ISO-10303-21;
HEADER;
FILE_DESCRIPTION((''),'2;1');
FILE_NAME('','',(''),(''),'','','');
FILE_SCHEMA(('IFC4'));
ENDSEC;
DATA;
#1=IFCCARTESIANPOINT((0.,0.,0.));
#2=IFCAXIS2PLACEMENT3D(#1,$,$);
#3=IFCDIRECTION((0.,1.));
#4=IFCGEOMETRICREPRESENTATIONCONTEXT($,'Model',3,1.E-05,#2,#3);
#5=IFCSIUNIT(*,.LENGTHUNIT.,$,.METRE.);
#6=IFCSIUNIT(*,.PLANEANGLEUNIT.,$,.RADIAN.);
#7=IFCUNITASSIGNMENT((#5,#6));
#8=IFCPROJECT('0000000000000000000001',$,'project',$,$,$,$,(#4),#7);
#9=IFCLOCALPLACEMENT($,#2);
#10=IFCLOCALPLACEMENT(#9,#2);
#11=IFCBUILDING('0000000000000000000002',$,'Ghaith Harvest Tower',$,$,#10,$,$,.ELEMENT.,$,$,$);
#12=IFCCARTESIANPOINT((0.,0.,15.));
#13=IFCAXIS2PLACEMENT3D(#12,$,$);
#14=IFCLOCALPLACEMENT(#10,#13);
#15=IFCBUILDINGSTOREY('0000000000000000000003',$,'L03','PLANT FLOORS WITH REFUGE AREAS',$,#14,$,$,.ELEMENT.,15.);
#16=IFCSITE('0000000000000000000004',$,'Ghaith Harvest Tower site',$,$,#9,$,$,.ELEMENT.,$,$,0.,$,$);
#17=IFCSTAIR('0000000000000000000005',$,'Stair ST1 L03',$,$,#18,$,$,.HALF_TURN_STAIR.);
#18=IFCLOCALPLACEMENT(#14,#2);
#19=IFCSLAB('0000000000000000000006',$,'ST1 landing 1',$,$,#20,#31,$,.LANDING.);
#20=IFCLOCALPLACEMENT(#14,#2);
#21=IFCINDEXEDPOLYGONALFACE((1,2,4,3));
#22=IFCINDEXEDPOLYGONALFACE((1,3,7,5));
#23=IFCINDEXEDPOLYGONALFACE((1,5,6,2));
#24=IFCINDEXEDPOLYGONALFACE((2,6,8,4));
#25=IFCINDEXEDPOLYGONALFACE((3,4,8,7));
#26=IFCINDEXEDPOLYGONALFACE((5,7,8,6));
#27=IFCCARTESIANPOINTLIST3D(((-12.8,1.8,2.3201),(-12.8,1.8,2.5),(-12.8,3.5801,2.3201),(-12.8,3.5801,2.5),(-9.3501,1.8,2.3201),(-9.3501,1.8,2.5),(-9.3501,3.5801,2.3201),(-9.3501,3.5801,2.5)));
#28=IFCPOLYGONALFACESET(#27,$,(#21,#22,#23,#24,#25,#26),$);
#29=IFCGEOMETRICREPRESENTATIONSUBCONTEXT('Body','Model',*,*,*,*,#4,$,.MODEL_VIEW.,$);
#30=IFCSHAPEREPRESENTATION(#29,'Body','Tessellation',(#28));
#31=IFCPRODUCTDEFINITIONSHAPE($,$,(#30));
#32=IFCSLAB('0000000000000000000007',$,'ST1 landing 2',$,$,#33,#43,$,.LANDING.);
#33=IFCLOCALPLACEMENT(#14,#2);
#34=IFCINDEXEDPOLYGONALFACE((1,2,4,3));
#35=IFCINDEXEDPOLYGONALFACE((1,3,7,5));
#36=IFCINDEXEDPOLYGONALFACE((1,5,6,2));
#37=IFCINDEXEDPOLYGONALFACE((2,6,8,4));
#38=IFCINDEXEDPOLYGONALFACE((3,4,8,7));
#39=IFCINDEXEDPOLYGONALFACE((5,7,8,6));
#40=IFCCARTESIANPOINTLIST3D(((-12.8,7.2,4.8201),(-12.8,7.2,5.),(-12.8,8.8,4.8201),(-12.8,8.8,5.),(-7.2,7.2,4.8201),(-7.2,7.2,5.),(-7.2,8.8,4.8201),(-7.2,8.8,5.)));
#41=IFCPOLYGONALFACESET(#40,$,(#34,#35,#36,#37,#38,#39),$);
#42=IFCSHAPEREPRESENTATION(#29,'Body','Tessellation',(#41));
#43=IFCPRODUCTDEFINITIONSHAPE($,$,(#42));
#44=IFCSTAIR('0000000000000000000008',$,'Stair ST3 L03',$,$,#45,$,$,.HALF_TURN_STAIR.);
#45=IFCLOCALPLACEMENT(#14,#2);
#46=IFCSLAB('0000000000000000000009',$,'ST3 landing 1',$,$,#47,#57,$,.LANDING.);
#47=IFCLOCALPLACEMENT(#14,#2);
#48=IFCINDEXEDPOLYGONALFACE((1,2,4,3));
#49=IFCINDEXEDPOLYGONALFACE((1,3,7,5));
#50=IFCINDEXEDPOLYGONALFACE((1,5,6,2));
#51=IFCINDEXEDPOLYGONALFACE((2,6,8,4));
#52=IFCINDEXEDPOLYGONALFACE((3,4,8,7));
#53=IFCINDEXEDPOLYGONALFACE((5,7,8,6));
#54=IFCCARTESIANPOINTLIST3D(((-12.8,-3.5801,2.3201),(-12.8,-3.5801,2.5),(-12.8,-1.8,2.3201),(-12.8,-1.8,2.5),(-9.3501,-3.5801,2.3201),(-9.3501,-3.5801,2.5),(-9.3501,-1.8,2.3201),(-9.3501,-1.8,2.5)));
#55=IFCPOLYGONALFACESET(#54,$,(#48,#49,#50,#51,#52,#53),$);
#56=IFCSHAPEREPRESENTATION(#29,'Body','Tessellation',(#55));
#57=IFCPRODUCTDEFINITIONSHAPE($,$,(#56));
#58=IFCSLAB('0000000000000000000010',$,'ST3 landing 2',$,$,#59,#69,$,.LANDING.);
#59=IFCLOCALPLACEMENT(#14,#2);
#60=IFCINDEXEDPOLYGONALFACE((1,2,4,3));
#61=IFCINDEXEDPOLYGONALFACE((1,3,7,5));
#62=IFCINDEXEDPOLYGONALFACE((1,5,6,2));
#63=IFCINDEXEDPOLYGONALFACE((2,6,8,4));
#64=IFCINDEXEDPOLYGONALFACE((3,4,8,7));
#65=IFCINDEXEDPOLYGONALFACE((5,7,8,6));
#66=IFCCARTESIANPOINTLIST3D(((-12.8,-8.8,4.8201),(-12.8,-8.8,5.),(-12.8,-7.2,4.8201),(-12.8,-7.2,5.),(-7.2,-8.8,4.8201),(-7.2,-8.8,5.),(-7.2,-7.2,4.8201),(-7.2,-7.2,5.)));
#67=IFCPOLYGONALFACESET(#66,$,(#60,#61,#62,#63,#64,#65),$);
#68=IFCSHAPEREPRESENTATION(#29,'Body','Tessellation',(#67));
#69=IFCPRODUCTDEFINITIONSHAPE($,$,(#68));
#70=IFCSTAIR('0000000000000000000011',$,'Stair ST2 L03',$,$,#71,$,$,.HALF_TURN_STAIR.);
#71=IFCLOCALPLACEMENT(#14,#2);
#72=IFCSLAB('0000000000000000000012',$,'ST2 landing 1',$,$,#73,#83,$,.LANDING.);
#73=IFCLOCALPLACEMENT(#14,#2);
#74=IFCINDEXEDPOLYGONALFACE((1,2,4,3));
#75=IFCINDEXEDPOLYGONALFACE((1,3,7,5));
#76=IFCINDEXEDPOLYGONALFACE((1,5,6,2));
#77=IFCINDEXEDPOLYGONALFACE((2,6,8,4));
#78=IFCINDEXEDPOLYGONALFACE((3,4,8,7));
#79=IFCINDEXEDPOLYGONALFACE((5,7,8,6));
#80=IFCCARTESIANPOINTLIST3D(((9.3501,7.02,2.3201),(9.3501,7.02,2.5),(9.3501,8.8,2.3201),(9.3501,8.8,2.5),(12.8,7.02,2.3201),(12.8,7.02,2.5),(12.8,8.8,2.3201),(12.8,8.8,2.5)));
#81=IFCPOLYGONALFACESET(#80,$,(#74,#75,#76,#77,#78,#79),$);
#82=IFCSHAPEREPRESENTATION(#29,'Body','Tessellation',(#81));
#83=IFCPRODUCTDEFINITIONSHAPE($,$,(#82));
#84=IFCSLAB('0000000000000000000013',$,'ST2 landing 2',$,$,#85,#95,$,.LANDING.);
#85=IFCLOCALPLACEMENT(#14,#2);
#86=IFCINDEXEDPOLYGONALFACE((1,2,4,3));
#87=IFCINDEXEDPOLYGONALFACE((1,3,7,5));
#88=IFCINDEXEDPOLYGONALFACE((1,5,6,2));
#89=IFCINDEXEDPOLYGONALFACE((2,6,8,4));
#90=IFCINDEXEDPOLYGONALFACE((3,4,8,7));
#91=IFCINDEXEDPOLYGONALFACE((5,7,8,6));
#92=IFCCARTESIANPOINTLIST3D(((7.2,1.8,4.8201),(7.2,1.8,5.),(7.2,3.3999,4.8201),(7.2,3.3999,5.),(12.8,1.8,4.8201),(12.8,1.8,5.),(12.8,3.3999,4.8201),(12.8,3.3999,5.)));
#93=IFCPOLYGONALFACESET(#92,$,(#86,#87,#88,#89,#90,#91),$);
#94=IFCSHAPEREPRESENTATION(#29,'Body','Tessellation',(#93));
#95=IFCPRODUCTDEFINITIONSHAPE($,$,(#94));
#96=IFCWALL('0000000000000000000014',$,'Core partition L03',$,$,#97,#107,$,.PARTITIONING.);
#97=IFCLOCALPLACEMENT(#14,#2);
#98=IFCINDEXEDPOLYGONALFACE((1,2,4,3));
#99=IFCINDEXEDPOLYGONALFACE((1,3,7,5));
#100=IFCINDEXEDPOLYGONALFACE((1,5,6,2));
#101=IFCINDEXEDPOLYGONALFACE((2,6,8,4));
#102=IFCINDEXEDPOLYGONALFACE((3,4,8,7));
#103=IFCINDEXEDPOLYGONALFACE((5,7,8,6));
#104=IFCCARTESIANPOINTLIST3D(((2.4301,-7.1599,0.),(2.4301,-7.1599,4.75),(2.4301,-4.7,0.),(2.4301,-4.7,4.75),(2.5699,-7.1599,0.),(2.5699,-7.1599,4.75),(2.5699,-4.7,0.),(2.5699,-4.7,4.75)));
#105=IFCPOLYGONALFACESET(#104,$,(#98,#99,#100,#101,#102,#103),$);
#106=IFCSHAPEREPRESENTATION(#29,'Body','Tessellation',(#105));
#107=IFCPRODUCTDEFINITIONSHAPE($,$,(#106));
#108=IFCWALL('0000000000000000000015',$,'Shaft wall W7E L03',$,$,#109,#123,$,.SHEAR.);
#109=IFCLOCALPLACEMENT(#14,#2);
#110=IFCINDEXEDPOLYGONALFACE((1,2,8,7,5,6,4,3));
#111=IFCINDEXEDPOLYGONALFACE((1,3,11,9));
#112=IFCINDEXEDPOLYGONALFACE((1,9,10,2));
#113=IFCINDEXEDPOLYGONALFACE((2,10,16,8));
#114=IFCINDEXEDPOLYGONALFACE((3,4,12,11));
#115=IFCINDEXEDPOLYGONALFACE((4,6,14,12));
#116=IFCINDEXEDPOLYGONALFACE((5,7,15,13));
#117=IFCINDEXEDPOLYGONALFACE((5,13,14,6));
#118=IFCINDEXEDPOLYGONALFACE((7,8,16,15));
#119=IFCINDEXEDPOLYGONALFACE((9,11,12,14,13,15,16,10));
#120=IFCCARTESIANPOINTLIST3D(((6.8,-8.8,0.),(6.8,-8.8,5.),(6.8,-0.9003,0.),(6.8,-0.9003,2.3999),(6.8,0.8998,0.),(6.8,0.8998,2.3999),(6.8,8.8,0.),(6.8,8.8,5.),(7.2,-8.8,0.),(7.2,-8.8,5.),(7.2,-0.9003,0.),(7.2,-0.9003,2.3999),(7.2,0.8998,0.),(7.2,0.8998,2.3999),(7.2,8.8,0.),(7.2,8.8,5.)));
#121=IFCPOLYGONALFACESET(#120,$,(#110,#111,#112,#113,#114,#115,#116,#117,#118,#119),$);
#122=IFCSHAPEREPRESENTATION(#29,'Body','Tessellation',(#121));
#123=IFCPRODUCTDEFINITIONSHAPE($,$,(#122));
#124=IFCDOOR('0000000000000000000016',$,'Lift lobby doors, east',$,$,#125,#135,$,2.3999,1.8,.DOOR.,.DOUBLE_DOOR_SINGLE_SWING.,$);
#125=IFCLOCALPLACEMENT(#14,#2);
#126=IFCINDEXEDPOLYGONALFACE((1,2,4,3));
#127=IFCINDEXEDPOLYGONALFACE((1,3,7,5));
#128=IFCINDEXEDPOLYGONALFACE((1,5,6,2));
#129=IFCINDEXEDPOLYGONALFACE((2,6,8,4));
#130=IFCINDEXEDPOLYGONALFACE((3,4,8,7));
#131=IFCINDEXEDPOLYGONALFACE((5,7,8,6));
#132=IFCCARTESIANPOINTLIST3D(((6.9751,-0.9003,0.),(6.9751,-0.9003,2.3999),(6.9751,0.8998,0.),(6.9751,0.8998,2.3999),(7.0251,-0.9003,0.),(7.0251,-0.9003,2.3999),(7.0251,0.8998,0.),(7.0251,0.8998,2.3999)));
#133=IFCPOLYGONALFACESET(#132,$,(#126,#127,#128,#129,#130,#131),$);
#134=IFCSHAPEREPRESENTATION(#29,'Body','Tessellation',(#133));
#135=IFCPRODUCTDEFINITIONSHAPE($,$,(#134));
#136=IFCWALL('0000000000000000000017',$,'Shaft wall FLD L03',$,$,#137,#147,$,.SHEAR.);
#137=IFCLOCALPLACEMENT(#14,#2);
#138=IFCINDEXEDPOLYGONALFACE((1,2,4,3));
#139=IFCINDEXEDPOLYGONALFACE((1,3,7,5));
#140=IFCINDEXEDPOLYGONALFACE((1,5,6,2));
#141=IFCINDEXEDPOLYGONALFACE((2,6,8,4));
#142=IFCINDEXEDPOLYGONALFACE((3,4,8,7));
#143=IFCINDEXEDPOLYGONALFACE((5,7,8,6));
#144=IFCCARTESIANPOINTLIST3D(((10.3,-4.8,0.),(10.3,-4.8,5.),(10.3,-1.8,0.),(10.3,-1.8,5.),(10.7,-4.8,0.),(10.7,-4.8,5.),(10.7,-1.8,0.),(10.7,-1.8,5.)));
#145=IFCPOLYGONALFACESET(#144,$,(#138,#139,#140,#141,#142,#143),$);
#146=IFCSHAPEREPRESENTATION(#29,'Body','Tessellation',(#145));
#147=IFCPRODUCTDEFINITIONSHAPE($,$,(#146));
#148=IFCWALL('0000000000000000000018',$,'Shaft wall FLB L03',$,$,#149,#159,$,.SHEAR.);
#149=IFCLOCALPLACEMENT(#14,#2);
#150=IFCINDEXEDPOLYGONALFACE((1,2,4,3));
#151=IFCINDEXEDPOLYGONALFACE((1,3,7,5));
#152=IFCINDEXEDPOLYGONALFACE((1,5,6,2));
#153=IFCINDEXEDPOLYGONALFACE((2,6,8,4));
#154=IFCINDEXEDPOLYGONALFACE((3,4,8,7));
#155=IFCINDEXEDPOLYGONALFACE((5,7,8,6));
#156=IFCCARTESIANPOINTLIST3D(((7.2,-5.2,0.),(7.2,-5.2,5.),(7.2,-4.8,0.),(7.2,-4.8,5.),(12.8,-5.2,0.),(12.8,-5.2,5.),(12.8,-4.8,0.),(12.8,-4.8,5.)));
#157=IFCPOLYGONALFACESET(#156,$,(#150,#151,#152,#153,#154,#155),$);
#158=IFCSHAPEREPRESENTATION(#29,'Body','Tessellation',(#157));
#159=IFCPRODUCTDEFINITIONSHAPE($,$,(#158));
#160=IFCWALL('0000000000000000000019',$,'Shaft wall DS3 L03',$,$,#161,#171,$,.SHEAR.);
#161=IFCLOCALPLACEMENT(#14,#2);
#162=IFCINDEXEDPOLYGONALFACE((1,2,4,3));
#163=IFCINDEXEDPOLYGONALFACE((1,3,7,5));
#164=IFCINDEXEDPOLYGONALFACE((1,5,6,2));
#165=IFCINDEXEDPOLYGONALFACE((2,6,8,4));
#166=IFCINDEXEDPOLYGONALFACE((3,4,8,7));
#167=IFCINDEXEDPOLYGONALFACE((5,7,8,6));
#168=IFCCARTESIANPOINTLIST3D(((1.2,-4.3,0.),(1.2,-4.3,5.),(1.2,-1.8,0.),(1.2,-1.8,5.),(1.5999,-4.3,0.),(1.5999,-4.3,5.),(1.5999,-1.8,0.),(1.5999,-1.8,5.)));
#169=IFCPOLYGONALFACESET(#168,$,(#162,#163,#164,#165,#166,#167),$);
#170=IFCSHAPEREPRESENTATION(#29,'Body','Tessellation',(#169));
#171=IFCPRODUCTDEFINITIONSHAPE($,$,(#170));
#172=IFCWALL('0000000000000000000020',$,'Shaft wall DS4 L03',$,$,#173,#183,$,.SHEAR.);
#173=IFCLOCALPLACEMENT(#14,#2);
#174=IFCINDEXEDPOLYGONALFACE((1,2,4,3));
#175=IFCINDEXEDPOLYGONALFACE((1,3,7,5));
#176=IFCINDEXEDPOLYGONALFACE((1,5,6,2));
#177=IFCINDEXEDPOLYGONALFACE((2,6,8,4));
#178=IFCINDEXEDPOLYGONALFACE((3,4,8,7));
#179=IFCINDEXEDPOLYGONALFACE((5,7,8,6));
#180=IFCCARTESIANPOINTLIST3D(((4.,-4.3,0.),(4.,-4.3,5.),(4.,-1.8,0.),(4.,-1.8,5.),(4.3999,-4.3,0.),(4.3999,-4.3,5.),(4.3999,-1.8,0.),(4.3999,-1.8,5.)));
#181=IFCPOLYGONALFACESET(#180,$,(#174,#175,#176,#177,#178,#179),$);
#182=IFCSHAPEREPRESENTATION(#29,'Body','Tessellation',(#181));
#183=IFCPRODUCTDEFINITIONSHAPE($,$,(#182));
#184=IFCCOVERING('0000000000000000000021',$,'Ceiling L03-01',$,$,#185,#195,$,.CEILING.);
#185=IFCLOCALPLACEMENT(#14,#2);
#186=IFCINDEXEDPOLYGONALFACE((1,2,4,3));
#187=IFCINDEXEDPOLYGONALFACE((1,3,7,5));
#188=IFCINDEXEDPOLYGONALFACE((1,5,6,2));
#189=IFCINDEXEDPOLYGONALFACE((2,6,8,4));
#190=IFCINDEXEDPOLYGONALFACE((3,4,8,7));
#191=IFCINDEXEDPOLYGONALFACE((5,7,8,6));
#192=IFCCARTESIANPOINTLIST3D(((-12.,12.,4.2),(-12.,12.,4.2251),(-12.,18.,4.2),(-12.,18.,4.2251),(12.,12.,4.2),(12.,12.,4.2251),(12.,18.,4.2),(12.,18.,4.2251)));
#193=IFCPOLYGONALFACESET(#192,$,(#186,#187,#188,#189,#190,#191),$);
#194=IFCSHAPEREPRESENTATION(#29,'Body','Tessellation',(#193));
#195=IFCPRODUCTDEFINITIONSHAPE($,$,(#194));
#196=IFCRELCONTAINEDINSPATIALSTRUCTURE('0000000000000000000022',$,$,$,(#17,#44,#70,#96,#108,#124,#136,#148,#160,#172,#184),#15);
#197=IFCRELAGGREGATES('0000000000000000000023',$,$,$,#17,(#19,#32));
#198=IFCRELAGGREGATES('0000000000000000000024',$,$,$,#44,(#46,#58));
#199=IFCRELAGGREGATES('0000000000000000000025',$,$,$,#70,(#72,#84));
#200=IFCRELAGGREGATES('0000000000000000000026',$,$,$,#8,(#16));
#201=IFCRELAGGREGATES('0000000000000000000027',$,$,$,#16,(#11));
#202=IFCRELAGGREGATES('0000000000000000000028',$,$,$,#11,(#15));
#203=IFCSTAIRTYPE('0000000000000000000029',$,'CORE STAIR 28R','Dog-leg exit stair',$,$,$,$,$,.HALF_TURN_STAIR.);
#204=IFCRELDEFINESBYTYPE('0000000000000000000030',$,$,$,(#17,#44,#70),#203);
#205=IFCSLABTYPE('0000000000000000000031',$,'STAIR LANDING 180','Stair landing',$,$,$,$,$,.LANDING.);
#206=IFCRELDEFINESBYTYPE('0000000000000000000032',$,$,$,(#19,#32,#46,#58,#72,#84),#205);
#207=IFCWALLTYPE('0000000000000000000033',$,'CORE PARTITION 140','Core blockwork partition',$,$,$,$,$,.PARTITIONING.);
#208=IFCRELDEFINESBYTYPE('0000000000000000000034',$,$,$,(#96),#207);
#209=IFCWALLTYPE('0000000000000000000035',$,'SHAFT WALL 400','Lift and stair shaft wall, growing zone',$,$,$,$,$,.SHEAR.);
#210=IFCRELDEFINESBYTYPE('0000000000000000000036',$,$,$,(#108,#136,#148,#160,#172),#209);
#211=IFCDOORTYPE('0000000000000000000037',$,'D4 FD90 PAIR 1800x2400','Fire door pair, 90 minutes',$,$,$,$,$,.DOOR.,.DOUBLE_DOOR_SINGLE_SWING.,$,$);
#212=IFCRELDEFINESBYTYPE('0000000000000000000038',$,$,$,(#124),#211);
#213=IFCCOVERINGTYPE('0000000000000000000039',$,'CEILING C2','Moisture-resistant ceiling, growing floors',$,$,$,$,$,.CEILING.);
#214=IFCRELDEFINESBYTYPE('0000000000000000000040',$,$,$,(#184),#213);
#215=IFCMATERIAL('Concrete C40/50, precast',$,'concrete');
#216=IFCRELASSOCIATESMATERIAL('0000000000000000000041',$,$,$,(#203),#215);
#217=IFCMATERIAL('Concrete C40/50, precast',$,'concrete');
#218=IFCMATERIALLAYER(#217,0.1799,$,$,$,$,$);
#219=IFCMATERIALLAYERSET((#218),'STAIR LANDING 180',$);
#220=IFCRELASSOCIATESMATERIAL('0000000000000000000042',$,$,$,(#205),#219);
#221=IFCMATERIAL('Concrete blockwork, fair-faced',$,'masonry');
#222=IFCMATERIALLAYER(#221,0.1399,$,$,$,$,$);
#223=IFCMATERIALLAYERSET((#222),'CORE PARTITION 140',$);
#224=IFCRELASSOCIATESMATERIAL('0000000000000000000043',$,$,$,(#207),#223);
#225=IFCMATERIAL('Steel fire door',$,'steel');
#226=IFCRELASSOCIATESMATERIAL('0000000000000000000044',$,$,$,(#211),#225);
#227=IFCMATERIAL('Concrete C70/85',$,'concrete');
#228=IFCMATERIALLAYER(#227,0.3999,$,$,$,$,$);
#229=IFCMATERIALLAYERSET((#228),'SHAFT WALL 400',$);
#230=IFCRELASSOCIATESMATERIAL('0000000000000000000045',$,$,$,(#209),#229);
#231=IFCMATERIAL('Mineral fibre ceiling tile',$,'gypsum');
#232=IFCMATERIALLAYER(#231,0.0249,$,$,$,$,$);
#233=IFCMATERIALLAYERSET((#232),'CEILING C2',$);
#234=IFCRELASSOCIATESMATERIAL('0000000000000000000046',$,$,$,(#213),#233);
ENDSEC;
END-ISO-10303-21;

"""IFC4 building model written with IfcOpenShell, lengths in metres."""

from ifc_helpers import new_model, si_unit, direction, frame, frame_2d, origin, place, context, subcontext, project, spatial, polyline, rectangle, outline, extrude, material, layer, layer_set, type_object, element, fill, aggregate, save


model = new_model("IFC4")

# Units and contexts
model_context = context("Model", 3, precision=1e-05, world=origin(), true_north=direction((0.0, 1.0)))
body_context = subcontext(model_context, "Body", "Model", "MODEL_VIEW")
ifc_project = project(units=[si_unit("LENGTHUNIT", "METRE"), si_unit("PLANEANGLEUNIT", "RADIAN")], contexts=[model_context])

# Site, building, storey
site_placement = place(None, origin())
site = spatial("IfcSite", under=ifc_project, at=site_placement, Name="Ghaith Harvest Tower site", CompositionType="ELEMENT", RefElevation=0.0)
building_placement = place(site_placement, origin())
building = spatial("IfcBuilding", under=site, at=building_placement, Name="Ghaith Harvest Tower", CompositionType="ELEMENT")
storey_placement = place(building_placement, frame((0.0, 0.0, 15.0)))
storey = spatial("IfcBuildingStorey", under=building, at=storey_placement, Name="L03", Description="PLANT FLOORS WITH REFUGE AREAS", CompositionType="ELEMENT", Elevation=15.0)

# Stairs, slabs
ifc_material_1 = material(Name="Concrete C40/50, precast", Category="concrete")
stair_type = type_object("IfcStairType", Name="CORE STAIR 28R", Description="Dog-leg exit stair", PredefinedType="HALF_TURN_STAIR", material=ifc_material_1)
stair_1_placement = place(storey_placement, origin())
stair_1 = element("IfcStair", 1, at=stair_1_placement, inside=storey, type_object=stair_type, Name="Stair ST1 L03", PredefinedType="HALF_TURN_STAIR")
ifc_material_2 = material(Name="Concrete C40/50, precast", Category="concrete")
ifc_layer_1 = layer(ifc_material_2, 0.1799)
ifc_layer_set_1 = layer_set([ifc_layer_1], Name="STAIR LANDING 180")
slab_type_1 = type_object("IfcSlabType", Name="STAIR LANDING 180", Description="Stair landing", PredefinedType="LANDING", material=ifc_layer_set_1)
slab_1_placement = place(storey_placement, frame((0.0, 0.0, 2.3201)))
slab_1 = element("IfcSlab", 2, at=slab_1_placement, type_object=slab_type_1, Name="ST1 landing 1", PredefinedType="LANDING", context=body_context, shape_type="SweptSolid", body=[
    extrude(outline(polyline([(-12.8, 3.5801), (-12.8, 1.8), (-9.3501, 1.8), (-9.3501, 3.5801), (-12.8, 3.5801)])), origin(), (0.0, 0.0, 1.0), 0.1799),
])
slab_2_placement = place(storey_placement, frame((0.0, 0.0, 4.8201)))
slab_2 = element("IfcSlab", 3, at=slab_2_placement, type_object=slab_type_1, Name="ST1 landing 2", PredefinedType="LANDING", context=body_context, shape_type="SweptSolid", body=[
    extrude(outline(polyline([(-12.8, 8.8), (-12.8, 7.2), (-7.2, 7.2), (-7.2, 8.8), (-12.8, 8.8)])), origin(), (0.0, 0.0, 1.0), 0.1799),
])
aggregate(stair_1, [slab_1, slab_2])
stair_2_placement = place(storey_placement, origin())
stair_2 = element("IfcStair", 4, at=stair_2_placement, inside=storey, type_object=stair_type, Name="Stair ST3 L03", PredefinedType="HALF_TURN_STAIR")
slab_3_placement = place(storey_placement, frame((0.0, 0.0, 2.3201)))
slab_3 = element("IfcSlab", 5, at=slab_3_placement, type_object=slab_type_1, Name="ST3 landing 1", PredefinedType="LANDING", context=body_context, shape_type="SweptSolid", body=[
    extrude(outline(polyline([(-12.8, -3.5801), (-12.8, -1.8), (-9.3501, -1.8), (-9.3501, -3.5801), (-12.8, -3.5801)])), origin(), (0.0, 0.0, 1.0), 0.1799),
])
slab_4_placement = place(storey_placement, frame((0.0, 0.0, 4.8201)))
slab_4 = element("IfcSlab", 6, at=slab_4_placement, type_object=slab_type_1, Name="ST3 landing 2", PredefinedType="LANDING", context=body_context, shape_type="SweptSolid", body=[
    extrude(outline(polyline([(-12.8, -8.8), (-12.8, -7.2), (-7.2, -7.2), (-7.2, -8.8), (-12.8, -8.8)])), origin(), (0.0, 0.0, 1.0), 0.1799),
])
aggregate(stair_2, [slab_3, slab_4])
stair_3_placement = place(storey_placement, origin())
stair_3 = element("IfcStair", 7, at=stair_3_placement, inside=storey, type_object=stair_type, Name="Stair ST2 L03", PredefinedType="HALF_TURN_STAIR")
slab_5_placement = place(storey_placement, frame((0.0, 0.0, 2.3201)))
slab_5 = element("IfcSlab", 8, at=slab_5_placement, type_object=slab_type_1, Name="ST2 landing 1", PredefinedType="LANDING", context=body_context, shape_type="SweptSolid", body=[
    extrude(outline(polyline([(12.8, 7.02), (12.8, 8.8), (9.3501, 8.8), (9.3501, 7.02), (12.8, 7.02)])), origin(), (0.0, 0.0, 1.0), 0.1799),
])
slab_6_placement = place(storey_placement, frame((0.0, 0.0, 4.8201)))
slab_6 = element("IfcSlab", 9, at=slab_6_placement, type_object=slab_type_1, Name="ST2 landing 2", PredefinedType="LANDING", context=body_context, shape_type="SweptSolid", body=[
    extrude(outline(polyline([(12.8, 1.8), (12.8, 3.3999), (7.2, 3.3999), (7.2, 1.8), (12.8, 1.8)])), origin(), (0.0, 0.0, 1.0), 0.1799),
])
aggregate(stair_3, [slab_5, slab_6])

# Wall
ifc_material_3 = material(Name="Concrete blockwork, fair-faced", Category="masonry")
ifc_layer_2 = layer(ifc_material_3, 0.1399)
ifc_layer_set_2 = layer_set([ifc_layer_2], Name="CORE PARTITION 140")
wall_type_1 = type_object("IfcWallType", Name="CORE PARTITION 140", Description="Core blockwork partition", PredefinedType="PARTITIONING", material=ifc_layer_set_2)
wall_1_placement = place(storey_placement, frame((2.5, -4.7, 0.0), z_axis=(0.0, 0.0, 1.0), x_axis=(0.0, -1.0, 0.0)))
element("IfcWall", 10, at=wall_1_placement, inside=storey, type_object=wall_type_1, Name="Core partition L03", PredefinedType="PARTITIONING", context=body_context, shape_type="SweptSolid", body=[
    extrude(rectangle(XDim=2.46, YDim=0.1399, at=frame_2d((1.23, 0.0))), origin(), (0.0, 0.0, 1.0), 4.75),
])

# Wall, opening, door
ifc_material_4 = material(Name="Steel fire door", Category="steel")
door_type_1 = type_object("IfcDoorType", Name="D4 FD90 PAIR 1800x2400", Description="Fire door pair, 90 minutes", OperationType="DOUBLE_DOOR_SINGLE_SWING", PredefinedType="DOOR", material=ifc_material_4)
ifc_material_5 = material(Name="Concrete C70/85", Category="concrete")
ifc_layer_3 = layer(ifc_material_5, 0.3999)
ifc_layer_set_3 = layer_set([ifc_layer_3], Name="SHAFT WALL 400")
wall_type_2 = type_object("IfcWallType", Name="SHAFT WALL 400", Description="Lift and stair shaft wall, growing zone", PredefinedType="SHEAR", material=ifc_layer_set_3)
wall_2_placement = place(storey_placement, frame((7.0, -8.8, 0.0), z_axis=(0.0, 0.0, 1.0), x_axis=(0.0, 1.0, 0.0)))
wall_2 = element("IfcWall", 11, at=wall_2_placement, inside=storey, type_object=wall_type_2, Name="Shaft wall W7E L03", PredefinedType="SHEAR", context=body_context, shape_type="SweptSolid", body=[
    extrude(rectangle(XDim=17.6001, YDim=0.3999, at=frame_2d((8.8, 0.0))), origin(), (0.0, 0.0, 1.0), 5.0),
])
opening_1_placement = place(wall_2_placement, frame((7.8999, 0.0, 0.0)))
opening_1 = element("IfcOpeningElement", 12, at=opening_1_placement, cuts=wall_2, PredefinedType="OPENING", context=body_context, shape_type="SweptSolid", body=[
    extrude(rectangle(XDim=1.8, YDim=2.3999, at=frame_2d((0.8999, 1.2))), frame((0.0, 0.21, 0.0), z_axis=(0.0, -1.0, 0.0), x_axis=(1.0, 0.0, 0.0)), (0.0, 0.0, 1.0), 0.4199),
])
door_1_placement = place(opening_1_placement, origin())
door_1 = element("IfcDoor", 13, at=door_1_placement, inside=storey, type_object=door_type_1, Name="Lift lobby doors, east", OperationType="DOUBLE_DOOR_SINGLE_SWING", OverallHeight=2.3999, OverallWidth=1.8, PredefinedType="DOOR", context=body_context, shape_type="SweptSolid", body=[
    extrude(rectangle(XDim=1.8, YDim=2.3999, at=frame_2d((0.8999, 1.2))), frame((0.0, 0.0249, 0.0), z_axis=(0.0, -1.0, 0.0), x_axis=(1.0, 0.0, 0.0)), (0.0, 0.0, 1.0), 0.05),
])
fill(opening_1, door_1)

# Walls
wall_3_placement = place(storey_placement, frame((10.5, -4.8, 0.0), z_axis=(0.0, 0.0, 1.0), x_axis=(0.0, 1.0, 0.0)))
element("IfcWall", 14, at=wall_3_placement, inside=storey, type_object=wall_type_2, Name="Shaft wall FLD L03", PredefinedType="SHEAR", context=body_context, shape_type="SweptSolid", body=[
    extrude(rectangle(XDim=3.0, YDim=0.3999, at=frame_2d((1.5, 0.0))), origin(), (0.0, 0.0, 1.0), 5.0),
])
wall_4_placement = place(storey_placement, frame((7.2, -5.0, 0.0), z_axis=(0.0, 0.0, 1.0), x_axis=(1.0, 0.0, 0.0)))
element("IfcWall", 15, at=wall_4_placement, inside=storey, type_object=wall_type_2, Name="Shaft wall FLB L03", PredefinedType="SHEAR", context=body_context, shape_type="SweptSolid", body=[
    extrude(rectangle(XDim=5.6001, YDim=0.3999, at=frame_2d((2.8, 0.0))), origin(), (0.0, 0.0, 1.0), 5.0),
])
for number, where, z_axis, x_axis, name in (
    (16, (1.3999, -4.3, 0.0), (0.0, 0.0, 1.0), (0.0, 1.0, 0.0), "Shaft wall DS3 L03"),
    (17, (4.2, -4.3, 0.0), (0.0, 0.0, 1.0), (0.0, 1.0, 0.0), "Shaft wall DS4 L03"),
):
    element("IfcWall", number, at=place(storey_placement, frame(where, z_axis=z_axis, x_axis=x_axis)), inside=storey, type_object=wall_type_2, Name=name, PredefinedType="SHEAR", context=body_context, shape_type="SweptSolid", body=[
        extrude(rectangle(XDim=2.5, YDim=0.3999, at=frame_2d((1.25, 0.0))), origin(), (0.0, 0.0, 1.0), 5.0),
    ])

# Covering
ifc_material_6 = material(Name="Mineral fibre ceiling tile", Category="gypsum")
ifc_layer_4 = layer(ifc_material_6, 0.0249)
ifc_layer_set_4 = layer_set([ifc_layer_4], Name="CEILING C2")
covering_type = type_object("IfcCoveringType", Name="CEILING C2", Description="Moisture-resistant ceiling, growing floors", PredefinedType="CEILING", material=ifc_layer_set_4)
covering_1_placement = place(storey_placement, frame((0.0, 0.0, 4.2)))
element("IfcCovering", 18, at=covering_1_placement, inside=storey, type_object=covering_type, Name="Ceiling L03-01", PredefinedType="CEILING", context=body_context, shape_type="SweptSolid", body=[
    extrude(outline(polyline([(-12.0, 12.0), (12.0, 12.0), (12.0, 18.0), (-12.0, 18.0), (-12.0, 12.0)])), origin(), (0.0, 0.0, 1.0), 0.0251),
])

save(model, "model.ifc")
